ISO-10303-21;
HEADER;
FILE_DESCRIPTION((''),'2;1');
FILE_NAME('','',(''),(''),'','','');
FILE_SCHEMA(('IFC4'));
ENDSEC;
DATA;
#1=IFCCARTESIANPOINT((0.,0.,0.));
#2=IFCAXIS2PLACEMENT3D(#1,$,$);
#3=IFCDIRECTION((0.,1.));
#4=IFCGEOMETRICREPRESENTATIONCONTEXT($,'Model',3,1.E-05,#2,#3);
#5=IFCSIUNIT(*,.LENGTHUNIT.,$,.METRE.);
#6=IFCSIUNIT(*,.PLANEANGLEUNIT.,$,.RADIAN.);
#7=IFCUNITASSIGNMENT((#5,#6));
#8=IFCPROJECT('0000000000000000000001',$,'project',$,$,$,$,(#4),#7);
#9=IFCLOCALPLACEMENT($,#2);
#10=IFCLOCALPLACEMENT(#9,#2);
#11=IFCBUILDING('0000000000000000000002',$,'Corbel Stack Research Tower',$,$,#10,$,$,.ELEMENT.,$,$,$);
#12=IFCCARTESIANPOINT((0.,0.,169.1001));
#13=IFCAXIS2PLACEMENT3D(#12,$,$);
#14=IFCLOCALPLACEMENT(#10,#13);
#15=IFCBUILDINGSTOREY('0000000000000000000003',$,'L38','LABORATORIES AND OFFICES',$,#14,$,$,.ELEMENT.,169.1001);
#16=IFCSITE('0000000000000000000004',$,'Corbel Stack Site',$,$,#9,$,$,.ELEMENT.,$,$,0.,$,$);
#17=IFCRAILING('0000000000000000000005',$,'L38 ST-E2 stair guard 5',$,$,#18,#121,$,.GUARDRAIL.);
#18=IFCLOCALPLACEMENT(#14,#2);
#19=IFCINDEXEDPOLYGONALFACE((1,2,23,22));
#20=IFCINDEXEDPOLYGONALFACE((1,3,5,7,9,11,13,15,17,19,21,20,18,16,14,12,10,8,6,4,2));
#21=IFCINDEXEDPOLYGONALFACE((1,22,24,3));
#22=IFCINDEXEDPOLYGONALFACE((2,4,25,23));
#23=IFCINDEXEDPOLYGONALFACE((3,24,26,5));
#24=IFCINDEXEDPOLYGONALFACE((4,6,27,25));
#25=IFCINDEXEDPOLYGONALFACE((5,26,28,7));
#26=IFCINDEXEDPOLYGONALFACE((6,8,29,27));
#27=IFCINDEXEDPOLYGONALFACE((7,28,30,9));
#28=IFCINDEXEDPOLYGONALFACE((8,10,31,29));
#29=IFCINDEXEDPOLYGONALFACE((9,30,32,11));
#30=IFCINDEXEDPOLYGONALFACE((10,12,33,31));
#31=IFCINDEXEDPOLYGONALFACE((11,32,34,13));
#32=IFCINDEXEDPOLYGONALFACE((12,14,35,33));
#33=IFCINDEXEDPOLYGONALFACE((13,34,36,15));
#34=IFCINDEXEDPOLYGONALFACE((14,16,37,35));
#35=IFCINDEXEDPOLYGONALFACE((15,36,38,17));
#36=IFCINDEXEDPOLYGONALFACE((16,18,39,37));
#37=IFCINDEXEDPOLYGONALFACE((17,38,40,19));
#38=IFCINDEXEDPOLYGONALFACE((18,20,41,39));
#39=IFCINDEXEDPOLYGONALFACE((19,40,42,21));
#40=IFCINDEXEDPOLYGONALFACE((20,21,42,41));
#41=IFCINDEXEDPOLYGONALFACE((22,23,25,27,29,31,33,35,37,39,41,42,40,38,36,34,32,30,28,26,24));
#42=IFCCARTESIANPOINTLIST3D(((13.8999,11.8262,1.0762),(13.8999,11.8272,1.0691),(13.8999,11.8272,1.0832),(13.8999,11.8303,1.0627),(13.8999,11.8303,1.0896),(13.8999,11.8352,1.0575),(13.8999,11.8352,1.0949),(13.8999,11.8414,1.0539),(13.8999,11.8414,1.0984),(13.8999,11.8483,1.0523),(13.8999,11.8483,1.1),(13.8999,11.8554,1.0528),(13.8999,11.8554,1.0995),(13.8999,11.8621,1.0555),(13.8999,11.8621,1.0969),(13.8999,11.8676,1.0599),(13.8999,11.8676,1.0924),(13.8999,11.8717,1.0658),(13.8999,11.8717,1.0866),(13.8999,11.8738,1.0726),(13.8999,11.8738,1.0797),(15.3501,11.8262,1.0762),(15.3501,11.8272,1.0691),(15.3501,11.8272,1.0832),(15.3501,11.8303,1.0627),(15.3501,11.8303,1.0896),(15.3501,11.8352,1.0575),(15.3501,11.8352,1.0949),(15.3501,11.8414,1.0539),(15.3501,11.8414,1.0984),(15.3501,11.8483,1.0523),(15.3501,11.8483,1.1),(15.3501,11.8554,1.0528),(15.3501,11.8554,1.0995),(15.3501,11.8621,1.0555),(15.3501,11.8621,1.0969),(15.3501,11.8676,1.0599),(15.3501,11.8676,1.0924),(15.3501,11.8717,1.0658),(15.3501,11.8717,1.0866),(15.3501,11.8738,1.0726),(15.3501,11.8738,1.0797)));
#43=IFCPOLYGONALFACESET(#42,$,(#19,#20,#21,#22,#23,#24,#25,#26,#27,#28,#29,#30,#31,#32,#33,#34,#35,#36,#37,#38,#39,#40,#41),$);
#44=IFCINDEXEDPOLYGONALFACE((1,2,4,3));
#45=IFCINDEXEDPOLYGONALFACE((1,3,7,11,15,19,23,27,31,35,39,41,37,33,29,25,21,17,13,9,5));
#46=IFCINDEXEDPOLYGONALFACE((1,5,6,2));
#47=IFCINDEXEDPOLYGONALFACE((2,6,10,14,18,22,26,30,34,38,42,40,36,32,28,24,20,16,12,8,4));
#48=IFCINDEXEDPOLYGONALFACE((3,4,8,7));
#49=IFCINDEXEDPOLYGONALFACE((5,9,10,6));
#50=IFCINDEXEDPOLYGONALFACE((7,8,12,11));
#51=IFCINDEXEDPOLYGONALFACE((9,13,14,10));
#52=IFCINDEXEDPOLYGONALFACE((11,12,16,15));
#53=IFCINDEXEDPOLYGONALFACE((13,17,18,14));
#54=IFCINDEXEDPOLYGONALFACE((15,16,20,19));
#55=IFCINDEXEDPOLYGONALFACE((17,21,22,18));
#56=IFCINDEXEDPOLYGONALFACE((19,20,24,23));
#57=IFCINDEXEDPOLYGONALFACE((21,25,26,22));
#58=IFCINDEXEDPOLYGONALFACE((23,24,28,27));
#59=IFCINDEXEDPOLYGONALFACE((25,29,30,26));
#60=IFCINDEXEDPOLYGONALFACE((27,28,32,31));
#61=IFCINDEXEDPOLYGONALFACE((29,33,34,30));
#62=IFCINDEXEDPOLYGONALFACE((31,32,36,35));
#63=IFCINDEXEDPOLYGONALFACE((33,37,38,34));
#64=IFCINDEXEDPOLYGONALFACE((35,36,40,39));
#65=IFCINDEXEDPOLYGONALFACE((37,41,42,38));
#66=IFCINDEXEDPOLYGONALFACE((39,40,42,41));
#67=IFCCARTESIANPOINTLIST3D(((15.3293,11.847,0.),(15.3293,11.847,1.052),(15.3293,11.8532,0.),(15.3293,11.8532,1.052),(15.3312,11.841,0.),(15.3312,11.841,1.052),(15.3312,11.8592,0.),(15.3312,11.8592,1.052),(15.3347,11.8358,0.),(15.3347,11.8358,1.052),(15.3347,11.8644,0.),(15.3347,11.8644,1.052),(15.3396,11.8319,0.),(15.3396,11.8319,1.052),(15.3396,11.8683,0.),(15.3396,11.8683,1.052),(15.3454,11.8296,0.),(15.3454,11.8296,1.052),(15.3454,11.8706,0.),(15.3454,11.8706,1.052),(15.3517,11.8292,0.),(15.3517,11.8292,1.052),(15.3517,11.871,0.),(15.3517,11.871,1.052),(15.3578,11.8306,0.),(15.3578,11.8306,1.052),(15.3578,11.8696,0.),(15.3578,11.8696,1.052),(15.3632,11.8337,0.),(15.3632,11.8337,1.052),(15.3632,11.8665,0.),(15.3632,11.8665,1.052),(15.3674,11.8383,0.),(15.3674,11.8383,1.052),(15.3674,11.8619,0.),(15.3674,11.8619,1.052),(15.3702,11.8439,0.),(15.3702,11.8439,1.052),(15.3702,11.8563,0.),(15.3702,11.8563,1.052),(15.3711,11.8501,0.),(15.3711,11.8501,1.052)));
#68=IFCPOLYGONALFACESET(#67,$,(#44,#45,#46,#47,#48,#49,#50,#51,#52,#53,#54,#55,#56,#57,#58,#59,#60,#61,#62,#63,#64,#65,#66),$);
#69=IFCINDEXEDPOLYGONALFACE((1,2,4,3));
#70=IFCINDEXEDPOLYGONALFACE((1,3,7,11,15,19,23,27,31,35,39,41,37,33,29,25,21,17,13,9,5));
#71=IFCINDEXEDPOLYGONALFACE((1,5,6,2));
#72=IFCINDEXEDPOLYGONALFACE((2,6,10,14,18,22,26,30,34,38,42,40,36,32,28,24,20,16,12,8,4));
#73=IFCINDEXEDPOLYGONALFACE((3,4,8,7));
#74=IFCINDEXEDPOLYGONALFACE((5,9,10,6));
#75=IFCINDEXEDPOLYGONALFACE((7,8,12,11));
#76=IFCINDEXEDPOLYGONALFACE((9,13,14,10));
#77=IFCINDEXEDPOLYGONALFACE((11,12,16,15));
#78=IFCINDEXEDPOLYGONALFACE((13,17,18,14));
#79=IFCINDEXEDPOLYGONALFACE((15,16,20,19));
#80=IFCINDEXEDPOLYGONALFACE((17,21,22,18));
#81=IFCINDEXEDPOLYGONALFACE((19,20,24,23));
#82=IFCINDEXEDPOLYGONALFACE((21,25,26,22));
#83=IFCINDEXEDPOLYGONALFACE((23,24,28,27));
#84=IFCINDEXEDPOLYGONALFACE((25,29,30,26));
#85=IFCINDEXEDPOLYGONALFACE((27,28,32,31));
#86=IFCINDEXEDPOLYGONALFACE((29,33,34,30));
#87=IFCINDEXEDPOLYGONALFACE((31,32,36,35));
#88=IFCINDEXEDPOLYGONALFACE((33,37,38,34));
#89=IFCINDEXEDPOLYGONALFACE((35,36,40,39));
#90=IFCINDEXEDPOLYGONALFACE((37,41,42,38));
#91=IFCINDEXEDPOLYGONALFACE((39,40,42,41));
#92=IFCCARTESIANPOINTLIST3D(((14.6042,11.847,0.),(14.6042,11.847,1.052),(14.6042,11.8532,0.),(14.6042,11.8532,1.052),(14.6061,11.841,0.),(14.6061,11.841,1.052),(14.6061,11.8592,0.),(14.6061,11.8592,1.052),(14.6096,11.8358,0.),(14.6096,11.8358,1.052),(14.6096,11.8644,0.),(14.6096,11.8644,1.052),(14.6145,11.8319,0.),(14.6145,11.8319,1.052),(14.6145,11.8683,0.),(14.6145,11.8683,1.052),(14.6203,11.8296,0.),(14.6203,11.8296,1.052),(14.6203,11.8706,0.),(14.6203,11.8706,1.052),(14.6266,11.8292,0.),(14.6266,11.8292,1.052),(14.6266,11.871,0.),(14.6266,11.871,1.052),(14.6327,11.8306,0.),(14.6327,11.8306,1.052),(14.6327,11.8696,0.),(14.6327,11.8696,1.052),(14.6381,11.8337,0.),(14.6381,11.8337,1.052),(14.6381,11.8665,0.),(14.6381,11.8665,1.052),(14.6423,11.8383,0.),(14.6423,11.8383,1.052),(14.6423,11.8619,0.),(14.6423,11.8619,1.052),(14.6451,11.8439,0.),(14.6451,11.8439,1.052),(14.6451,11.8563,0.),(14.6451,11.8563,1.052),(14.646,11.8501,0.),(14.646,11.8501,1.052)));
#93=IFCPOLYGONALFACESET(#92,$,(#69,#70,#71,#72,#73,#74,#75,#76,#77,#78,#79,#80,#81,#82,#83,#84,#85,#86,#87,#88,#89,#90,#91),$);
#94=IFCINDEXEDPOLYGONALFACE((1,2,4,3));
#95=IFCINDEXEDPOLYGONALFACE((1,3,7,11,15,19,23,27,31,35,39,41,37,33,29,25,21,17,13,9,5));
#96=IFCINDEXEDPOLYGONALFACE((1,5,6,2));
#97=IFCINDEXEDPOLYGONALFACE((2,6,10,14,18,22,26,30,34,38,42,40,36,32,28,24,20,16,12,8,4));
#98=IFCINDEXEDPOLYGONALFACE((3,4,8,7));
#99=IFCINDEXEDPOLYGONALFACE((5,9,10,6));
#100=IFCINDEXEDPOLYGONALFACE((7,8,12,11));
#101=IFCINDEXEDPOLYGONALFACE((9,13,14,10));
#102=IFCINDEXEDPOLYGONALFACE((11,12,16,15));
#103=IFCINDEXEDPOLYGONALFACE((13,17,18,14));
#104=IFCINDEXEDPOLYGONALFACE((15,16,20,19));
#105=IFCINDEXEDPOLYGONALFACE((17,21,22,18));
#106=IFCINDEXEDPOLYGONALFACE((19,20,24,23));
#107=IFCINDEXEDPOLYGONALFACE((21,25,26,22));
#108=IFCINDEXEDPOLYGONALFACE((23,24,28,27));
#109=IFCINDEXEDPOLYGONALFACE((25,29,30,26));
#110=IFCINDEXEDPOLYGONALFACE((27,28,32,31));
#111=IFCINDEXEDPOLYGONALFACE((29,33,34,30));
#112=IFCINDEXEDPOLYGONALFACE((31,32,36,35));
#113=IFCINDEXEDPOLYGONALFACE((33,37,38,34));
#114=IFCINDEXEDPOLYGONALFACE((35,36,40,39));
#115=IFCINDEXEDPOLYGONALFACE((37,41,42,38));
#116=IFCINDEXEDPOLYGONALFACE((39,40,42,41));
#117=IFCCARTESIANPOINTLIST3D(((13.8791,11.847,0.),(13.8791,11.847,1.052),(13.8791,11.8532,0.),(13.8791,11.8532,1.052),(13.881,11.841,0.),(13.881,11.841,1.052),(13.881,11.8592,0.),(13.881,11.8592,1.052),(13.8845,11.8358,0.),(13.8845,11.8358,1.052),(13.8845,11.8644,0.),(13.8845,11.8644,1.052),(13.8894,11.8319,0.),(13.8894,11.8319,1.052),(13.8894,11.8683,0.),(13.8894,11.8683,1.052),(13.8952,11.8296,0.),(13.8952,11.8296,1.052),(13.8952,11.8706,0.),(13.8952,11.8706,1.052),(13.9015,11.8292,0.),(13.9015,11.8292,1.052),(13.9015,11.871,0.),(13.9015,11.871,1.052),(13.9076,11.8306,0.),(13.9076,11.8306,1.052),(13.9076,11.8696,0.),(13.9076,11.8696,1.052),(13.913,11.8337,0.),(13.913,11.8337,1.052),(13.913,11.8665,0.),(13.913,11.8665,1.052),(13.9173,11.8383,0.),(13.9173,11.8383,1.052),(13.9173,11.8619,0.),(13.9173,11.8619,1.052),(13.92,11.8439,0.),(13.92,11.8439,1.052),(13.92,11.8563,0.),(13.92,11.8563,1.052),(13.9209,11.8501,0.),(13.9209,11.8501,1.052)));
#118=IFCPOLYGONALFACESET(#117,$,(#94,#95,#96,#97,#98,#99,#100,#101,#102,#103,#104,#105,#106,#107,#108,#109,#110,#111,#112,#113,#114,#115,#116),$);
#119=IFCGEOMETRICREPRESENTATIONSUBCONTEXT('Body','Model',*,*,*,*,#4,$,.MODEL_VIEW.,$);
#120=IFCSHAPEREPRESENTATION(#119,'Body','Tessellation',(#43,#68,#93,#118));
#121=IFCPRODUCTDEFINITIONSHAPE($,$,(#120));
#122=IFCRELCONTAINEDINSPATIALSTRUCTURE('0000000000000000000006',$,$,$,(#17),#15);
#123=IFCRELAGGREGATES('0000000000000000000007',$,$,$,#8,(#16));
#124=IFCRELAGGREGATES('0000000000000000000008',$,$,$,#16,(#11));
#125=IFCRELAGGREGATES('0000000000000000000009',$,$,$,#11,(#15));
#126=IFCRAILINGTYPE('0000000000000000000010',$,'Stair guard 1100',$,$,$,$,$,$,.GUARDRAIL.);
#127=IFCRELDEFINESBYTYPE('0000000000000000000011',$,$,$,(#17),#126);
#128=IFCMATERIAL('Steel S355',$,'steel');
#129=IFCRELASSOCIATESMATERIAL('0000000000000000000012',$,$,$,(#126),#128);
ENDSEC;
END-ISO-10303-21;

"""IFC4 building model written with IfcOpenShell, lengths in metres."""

from ifc_helpers import new_model, si_unit, direction, frame, origin, origin_2d, place, context, subcontext, project, spatial, circle, extrude, material, type_object, element, save


model = new_model("IFC4")

# Units and contexts
model_context = context("Model", 3, precision=1e-05, world=origin(), true_north=direction((0.0, 1.0)))
body_context = subcontext(model_context, "Body", "Model", "MODEL_VIEW")
ifc_project = project(units=[si_unit("LENGTHUNIT", "METRE"), si_unit("PLANEANGLEUNIT", "RADIAN")], contexts=[model_context])

# Site, building, storey
site_placement = place(None, origin())
site = spatial("IfcSite", under=ifc_project, at=site_placement, Name="Corbel Stack Site", CompositionType="ELEMENT", RefElevation=0.0)
building_placement = place(site_placement, origin())
building = spatial("IfcBuilding", under=site, at=building_placement, Name="Corbel Stack Research Tower", CompositionType="ELEMENT")
storey_placement = place(building_placement, frame((0.0, 0.0, 169.1001)))
storey = spatial("IfcBuildingStorey", under=building, at=storey_placement, Name="L38", Description="LABORATORIES AND OFFICES", CompositionType="ELEMENT", Elevation=169.1001)

# Railing
ifc_material_1 = material(Name="Steel S355", Category="steel")
railing_type = type_object("IfcRailingType", Name="Stair guard 1100", PredefinedType="GUARDRAIL", material=ifc_material_1)
railing_placement = place(storey_placement, frame((15.3501, 11.8501, 0.0)))
element("IfcRailing", 1, at=railing_placement, inside=storey, type_object=railing_type, Name="L38 ST-E2 stair guard 5", PredefinedType="GUARDRAIL", context=body_context, shape_type="SweptSolid", body=[
    extrude(circle(Radius=0.0239, at=origin_2d()), frame((0.0, 0.0, 1.0762), z_axis=(-1.0, 0.0, 0.0), x_axis=(0.0, -1.0, 0.0)), (0.0, 0.0, 1.0), 1.4502),
    extrude(circle(Radius=0.021, at=origin_2d()), origin(), (0.0, 0.0, 1.0), 1.052),
    extrude(circle(Radius=0.021, at=origin_2d()), frame((-0.7251, 0.0, 0.0)), (0.0, 0.0, 1.0), 1.052),
    extrude(circle(Radius=0.021, at=origin_2d()), frame((-1.4502, 0.0, 0.0)), (0.0, 0.0, 1.0), 1.052),
])

save(model, "model.ifc")
